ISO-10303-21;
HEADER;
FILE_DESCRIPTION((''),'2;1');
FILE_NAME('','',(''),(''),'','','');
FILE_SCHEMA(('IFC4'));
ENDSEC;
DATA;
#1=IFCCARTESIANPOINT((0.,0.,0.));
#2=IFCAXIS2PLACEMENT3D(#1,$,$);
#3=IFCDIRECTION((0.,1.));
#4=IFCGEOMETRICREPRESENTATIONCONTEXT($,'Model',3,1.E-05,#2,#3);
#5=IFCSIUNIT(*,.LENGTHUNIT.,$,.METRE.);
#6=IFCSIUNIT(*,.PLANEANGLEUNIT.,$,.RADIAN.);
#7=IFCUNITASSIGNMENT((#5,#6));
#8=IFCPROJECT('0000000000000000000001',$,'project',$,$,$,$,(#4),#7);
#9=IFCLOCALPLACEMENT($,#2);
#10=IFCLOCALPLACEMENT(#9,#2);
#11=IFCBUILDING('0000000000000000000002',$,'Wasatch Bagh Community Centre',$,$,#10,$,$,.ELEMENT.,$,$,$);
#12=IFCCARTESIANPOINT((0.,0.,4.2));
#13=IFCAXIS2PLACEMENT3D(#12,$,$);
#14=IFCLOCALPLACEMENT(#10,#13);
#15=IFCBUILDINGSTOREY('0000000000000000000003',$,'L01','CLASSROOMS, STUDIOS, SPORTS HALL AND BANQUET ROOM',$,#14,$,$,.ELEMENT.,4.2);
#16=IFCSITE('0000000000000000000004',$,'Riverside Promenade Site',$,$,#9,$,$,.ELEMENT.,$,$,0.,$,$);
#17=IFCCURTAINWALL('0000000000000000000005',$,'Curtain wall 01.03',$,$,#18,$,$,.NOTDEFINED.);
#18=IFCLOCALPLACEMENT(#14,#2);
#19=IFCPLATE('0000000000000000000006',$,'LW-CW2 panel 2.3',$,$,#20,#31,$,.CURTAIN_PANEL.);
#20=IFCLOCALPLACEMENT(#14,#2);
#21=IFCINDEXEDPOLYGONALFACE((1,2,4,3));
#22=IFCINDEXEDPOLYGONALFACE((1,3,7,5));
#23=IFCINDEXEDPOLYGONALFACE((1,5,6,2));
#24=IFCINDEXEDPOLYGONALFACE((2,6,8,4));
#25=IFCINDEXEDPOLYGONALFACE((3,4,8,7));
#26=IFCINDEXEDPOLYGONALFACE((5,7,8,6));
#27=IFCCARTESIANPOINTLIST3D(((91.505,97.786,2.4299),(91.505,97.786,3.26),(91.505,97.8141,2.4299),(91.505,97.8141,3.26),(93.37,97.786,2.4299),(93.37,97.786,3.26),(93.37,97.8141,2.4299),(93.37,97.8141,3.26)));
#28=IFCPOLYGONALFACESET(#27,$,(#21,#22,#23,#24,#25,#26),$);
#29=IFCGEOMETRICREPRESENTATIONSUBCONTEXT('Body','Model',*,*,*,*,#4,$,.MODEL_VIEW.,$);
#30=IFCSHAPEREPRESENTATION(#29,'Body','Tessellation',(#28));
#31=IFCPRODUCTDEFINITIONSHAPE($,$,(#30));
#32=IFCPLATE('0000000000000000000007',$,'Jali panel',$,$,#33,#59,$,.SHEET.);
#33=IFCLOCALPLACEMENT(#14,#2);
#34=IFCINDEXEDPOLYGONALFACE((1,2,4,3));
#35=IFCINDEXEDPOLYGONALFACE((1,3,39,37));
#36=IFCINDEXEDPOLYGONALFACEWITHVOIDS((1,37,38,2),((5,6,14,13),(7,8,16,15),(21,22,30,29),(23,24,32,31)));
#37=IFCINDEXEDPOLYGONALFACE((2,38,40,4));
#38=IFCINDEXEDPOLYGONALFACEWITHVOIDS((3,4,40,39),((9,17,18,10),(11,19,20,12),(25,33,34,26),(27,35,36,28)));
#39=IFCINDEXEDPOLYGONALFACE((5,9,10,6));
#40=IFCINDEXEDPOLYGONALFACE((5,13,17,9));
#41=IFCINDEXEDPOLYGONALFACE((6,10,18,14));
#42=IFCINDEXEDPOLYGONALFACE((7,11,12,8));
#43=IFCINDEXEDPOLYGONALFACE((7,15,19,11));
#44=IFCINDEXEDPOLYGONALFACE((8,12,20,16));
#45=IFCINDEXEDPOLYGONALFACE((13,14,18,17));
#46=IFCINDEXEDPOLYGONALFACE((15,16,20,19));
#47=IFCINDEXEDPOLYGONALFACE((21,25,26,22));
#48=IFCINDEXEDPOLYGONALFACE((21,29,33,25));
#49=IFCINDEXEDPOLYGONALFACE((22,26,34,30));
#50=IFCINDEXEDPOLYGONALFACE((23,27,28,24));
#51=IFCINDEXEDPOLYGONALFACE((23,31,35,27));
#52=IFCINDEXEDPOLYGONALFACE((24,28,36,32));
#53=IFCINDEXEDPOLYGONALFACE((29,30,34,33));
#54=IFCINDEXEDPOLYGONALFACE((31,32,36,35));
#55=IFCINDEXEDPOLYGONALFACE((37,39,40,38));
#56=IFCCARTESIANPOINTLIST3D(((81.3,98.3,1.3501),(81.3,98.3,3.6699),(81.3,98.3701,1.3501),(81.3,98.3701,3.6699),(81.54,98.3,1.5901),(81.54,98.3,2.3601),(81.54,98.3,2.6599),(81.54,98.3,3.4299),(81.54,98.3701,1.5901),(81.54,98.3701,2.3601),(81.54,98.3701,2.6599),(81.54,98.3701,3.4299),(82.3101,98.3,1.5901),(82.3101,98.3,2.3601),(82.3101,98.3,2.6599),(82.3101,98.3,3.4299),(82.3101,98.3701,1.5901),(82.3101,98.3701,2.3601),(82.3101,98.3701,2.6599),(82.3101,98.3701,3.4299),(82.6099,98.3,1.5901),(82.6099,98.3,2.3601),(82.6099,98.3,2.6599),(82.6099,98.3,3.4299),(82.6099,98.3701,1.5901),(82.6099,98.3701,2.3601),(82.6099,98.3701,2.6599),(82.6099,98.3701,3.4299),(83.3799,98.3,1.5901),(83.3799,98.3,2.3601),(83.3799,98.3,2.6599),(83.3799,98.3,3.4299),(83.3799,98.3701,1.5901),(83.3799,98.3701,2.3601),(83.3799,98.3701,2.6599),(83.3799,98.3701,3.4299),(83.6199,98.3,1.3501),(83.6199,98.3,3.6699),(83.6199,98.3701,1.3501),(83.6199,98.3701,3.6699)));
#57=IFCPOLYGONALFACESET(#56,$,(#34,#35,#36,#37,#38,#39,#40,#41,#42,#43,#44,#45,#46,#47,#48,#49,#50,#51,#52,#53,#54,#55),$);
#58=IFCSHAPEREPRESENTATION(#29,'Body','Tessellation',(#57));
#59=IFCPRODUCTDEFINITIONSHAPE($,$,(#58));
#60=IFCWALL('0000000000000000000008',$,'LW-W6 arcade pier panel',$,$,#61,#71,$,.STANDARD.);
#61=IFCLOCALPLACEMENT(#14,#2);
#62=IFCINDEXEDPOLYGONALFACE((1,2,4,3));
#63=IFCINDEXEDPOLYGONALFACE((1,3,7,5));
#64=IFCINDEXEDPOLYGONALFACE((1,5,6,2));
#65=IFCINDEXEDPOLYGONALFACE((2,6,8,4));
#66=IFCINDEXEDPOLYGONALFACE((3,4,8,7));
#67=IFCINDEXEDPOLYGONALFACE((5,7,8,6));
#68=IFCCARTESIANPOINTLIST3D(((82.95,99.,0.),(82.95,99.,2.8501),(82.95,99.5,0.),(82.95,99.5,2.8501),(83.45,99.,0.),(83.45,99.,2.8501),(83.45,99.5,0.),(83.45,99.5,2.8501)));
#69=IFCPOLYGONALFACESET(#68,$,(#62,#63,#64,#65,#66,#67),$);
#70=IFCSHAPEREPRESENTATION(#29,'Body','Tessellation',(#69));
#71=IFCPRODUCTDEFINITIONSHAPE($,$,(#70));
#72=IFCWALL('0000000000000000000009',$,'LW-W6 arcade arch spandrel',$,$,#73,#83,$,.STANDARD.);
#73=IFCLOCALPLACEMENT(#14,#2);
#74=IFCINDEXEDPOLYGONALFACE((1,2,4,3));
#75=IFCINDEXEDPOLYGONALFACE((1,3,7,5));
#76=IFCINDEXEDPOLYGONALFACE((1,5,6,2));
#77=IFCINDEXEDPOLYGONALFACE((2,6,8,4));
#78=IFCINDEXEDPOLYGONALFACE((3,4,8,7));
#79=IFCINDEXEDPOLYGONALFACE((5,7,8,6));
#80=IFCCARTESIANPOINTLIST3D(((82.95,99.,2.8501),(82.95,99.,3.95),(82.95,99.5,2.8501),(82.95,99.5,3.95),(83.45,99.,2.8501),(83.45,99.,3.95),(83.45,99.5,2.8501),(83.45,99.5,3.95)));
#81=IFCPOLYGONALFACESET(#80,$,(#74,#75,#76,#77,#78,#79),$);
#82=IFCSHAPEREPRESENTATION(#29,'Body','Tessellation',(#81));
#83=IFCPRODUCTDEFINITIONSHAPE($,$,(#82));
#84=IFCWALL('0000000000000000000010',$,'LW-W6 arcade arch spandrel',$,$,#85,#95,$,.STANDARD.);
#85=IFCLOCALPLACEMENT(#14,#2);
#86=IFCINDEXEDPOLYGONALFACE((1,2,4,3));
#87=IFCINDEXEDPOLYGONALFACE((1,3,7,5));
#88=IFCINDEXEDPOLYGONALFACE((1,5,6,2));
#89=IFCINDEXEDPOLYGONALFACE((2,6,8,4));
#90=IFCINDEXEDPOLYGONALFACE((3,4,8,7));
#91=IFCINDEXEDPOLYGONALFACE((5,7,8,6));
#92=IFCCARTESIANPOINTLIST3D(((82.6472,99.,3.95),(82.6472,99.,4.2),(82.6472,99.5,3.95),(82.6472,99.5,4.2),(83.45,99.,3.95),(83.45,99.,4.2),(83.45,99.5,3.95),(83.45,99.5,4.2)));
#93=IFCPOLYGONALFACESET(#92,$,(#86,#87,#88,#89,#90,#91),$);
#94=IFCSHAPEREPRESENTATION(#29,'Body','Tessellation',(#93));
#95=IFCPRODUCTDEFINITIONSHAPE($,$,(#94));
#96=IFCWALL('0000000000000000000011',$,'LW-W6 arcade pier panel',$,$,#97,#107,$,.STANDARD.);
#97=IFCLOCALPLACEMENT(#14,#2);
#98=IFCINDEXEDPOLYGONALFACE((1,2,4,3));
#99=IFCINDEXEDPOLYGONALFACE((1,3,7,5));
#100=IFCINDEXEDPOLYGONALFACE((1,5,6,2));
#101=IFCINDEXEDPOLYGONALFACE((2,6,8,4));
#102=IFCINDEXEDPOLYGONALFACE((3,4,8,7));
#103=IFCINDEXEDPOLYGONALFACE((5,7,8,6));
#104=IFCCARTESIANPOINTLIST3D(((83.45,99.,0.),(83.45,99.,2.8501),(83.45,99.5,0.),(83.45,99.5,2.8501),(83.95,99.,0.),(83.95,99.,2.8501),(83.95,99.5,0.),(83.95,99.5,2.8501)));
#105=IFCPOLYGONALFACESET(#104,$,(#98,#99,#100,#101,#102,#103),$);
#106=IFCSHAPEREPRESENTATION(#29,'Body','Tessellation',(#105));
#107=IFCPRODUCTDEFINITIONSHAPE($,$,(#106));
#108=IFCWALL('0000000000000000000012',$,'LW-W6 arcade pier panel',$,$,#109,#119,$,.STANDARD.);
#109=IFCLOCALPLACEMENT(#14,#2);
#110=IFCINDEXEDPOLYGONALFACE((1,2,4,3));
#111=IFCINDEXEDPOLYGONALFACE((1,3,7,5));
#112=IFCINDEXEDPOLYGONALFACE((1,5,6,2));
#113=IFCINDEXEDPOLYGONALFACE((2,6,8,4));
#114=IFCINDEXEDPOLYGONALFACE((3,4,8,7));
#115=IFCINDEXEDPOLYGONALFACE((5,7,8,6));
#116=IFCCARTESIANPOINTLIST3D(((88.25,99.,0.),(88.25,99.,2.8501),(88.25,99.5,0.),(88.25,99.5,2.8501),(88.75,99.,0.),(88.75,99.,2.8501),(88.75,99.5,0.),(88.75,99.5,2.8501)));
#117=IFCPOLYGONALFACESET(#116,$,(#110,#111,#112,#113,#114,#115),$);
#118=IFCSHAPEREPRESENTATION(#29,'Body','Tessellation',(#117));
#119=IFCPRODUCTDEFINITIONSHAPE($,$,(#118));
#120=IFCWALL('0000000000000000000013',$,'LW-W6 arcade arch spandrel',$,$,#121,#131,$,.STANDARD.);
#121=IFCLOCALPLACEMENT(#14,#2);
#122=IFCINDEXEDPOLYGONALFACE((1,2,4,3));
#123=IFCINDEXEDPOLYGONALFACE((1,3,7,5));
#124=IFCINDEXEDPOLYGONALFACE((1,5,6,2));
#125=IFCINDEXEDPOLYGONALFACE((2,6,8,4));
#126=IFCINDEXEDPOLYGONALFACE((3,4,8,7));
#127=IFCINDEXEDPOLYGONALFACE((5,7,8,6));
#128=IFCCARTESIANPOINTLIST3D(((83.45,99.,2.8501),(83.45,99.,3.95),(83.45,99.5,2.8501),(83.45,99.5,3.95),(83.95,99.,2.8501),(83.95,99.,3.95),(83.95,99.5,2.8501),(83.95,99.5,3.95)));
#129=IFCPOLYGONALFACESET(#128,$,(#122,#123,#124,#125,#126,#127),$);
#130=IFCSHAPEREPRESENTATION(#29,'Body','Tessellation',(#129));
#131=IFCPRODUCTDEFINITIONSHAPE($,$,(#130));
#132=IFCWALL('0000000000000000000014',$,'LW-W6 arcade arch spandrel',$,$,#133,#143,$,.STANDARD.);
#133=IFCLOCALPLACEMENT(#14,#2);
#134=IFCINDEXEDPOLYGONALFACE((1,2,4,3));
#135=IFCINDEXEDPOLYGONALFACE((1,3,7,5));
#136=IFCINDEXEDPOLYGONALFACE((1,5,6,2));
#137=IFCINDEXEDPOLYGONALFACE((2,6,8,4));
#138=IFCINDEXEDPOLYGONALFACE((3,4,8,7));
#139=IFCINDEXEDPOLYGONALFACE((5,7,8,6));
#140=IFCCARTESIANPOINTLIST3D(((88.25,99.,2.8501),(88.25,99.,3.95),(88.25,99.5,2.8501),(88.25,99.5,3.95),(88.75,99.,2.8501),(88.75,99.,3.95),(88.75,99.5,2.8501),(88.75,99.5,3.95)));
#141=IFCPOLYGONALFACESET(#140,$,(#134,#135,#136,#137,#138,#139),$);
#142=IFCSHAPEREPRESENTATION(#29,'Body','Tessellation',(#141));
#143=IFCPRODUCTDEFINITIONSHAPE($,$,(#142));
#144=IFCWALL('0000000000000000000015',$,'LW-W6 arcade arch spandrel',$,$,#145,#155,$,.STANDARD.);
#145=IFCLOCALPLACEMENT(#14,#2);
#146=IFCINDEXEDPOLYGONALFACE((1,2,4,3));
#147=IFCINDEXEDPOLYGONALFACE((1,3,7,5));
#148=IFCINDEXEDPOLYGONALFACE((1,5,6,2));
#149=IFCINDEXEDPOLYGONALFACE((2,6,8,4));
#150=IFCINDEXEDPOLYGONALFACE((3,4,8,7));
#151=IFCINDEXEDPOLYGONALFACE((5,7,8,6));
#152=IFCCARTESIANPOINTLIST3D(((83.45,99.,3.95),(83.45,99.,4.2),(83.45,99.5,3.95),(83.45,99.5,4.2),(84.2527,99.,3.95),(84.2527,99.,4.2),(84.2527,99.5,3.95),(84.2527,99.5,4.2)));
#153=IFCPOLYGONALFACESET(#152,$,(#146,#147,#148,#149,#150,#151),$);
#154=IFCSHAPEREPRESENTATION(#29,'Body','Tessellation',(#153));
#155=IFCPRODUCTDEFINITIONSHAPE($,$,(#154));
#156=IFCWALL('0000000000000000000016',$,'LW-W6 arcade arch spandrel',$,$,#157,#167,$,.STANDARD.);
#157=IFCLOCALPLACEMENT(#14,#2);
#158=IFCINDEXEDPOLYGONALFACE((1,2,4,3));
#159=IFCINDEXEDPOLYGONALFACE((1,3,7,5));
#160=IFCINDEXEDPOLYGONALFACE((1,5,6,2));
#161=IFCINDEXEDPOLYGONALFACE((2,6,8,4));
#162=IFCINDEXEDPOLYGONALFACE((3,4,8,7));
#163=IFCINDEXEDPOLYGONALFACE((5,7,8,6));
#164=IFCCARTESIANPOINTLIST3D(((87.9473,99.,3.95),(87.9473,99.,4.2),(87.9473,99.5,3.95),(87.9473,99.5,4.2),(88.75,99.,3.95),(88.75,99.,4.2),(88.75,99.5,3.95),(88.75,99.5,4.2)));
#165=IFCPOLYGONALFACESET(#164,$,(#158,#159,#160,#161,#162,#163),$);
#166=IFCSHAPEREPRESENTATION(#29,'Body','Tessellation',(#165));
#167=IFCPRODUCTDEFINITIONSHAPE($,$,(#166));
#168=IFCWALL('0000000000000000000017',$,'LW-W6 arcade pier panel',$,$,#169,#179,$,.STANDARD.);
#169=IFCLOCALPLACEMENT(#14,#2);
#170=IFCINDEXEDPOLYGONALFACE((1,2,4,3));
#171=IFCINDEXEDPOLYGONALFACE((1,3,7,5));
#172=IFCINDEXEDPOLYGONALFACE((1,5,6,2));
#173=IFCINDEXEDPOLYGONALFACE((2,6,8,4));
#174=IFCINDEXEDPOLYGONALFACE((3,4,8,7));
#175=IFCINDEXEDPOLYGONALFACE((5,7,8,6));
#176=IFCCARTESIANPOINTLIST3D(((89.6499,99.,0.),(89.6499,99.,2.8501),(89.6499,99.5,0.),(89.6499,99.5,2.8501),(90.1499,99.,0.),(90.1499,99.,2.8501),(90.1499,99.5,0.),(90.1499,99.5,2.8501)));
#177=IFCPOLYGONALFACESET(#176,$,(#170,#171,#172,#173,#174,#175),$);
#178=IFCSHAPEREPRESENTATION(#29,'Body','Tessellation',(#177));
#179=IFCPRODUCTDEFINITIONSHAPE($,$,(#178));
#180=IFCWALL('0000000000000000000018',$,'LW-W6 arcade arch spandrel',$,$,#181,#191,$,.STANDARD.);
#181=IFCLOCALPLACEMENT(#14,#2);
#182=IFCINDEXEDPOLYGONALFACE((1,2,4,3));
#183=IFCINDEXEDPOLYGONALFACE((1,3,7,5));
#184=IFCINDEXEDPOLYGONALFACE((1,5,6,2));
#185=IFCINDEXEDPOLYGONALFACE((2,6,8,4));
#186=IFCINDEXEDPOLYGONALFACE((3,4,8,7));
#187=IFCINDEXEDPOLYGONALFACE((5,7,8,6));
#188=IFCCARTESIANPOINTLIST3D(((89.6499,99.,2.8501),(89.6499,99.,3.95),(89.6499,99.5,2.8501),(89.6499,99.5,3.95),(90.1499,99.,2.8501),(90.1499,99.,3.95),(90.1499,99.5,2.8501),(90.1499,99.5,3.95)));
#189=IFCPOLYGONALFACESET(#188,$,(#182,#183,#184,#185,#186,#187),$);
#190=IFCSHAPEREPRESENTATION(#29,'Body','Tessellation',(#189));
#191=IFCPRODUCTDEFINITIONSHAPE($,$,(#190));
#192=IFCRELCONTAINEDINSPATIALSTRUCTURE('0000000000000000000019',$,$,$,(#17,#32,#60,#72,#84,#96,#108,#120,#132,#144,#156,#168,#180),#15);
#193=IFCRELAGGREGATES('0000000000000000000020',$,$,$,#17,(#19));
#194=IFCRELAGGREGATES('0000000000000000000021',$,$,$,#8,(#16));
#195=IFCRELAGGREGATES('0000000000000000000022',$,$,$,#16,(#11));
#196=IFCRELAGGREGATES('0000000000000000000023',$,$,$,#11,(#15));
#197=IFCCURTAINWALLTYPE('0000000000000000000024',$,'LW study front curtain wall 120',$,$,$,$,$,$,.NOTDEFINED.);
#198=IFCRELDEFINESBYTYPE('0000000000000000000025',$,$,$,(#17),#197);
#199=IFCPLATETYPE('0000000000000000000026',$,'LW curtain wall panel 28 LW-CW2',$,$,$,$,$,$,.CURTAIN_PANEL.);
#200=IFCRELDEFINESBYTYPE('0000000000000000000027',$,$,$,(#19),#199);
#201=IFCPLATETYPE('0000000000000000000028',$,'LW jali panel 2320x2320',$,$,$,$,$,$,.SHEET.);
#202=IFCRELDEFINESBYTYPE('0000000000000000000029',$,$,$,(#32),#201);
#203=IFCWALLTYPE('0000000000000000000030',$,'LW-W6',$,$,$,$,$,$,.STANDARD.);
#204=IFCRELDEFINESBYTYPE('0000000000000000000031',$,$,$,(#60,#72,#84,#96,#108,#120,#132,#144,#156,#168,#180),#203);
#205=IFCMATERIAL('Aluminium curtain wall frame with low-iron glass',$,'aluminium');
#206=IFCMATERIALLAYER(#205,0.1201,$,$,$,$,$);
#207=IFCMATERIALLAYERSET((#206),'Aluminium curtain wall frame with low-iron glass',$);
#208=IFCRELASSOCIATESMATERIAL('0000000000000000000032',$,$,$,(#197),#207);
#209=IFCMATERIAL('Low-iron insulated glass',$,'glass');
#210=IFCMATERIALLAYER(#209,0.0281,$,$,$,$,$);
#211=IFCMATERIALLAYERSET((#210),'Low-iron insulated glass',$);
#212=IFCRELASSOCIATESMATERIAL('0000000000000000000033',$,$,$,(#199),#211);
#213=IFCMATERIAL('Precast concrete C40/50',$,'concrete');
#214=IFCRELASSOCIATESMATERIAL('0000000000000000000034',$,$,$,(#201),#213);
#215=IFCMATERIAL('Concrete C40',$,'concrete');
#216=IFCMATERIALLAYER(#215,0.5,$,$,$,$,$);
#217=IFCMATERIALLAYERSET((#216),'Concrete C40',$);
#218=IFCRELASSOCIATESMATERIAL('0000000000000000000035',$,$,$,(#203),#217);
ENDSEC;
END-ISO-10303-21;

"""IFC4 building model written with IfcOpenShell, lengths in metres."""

from ifc_helpers import new_model, si_unit, direction, frame, frame_2d, origin, origin_2d, place, context, subcontext, project, spatial, polyline, rectangle, outline, extrude, material, layer, layer_set, material_profile, profile_set, type_object, element, aggregate, save


model = new_model("IFC4")

# Units and contexts
model_context = context("Model", 3, precision=1e-05, world=origin(), true_north=direction((0.0, 1.0)))
body_context = subcontext(model_context, "Body", "Model", "MODEL_VIEW")
ifc_project = project(units=[si_unit("LENGTHUNIT", "METRE"), si_unit("PLANEANGLEUNIT", "RADIAN")], contexts=[model_context])

# Site, building, storey
site_placement = place(None, origin())
site = spatial("IfcSite", under=ifc_project, at=site_placement, Name="Riverside Promenade Site", CompositionType="ELEMENT", RefElevation=0.0)
building_placement = place(site_placement, origin())
building = spatial("IfcBuilding", under=site, at=building_placement, Name="Wasatch Bagh Community Centre", CompositionType="ELEMENT")
storey_placement = place(building_placement, frame((0.0, 0.0, 4.2)))
storey = spatial("IfcBuildingStorey", under=building, at=storey_placement, Name="L01", Description="CLASSROOMS, STUDIOS, SPORTS HALL AND BANQUET ROOM", CompositionType="ELEMENT", Elevation=4.2)

# Shared definitions
ifc_material_1 = material(Name="Concrete C40", Category="concrete")

# Curtain wall, plate
ifc_material_2 = material(Name="Aluminium curtain wall frame with low-iron glass", Category="aluminium")
ifc_layer_1 = layer(ifc_material_2, 0.1201)
ifc_layer_set_1 = layer_set([ifc_layer_1], Name="Aluminium curtain wall frame with low-iron glass")
curtain_wall_type = type_object("IfcCurtainWallType", Name="LW study front curtain wall 120", PredefinedType="NOTDEFINED", material=ifc_layer_set_1)
curtain_wall_placement = place(storey_placement, origin())
curtain_wall = element("IfcCurtainWall", 1, at=curtain_wall_placement, inside=storey, type_object=curtain_wall_type, Name="Curtain wall 01.03", PredefinedType="NOTDEFINED")
ifc_material_3 = material(Name="Low-iron insulated glass", Category="glass")
ifc_layer_2 = layer(ifc_material_3, 0.0281)
ifc_layer_set_2 = layer_set([ifc_layer_2], Name="Low-iron insulated glass")
plate_type_1 = type_object("IfcPlateType", Name="LW curtain wall panel 28 LW-CW2", PredefinedType="CURTAIN_PANEL", material=ifc_layer_set_2)
plate_1_placement = place(storey_placement, frame((92.4375, 97.8, 2.4299), z_axis=(0.0, 0.0, 1.0), x_axis=(1.0, 0.0, 0.0)))
plate_1 = element("IfcPlate", 2, at=plate_1_placement, type_object=plate_type_1, Name="LW-CW2 panel 2.3", PredefinedType="CURTAIN_PANEL", context=body_context, shape_type="SweptSolid", body=[
    extrude(rectangle(XDim=1.865, YDim=0.0281, at=origin_2d()), origin(), (0.0, 0.0, 1.0), 0.8301),
])
aggregate(curtain_wall, [plate_1])

# Plate
ifc_material_4 = material(Name="Precast concrete C40/50", Category="concrete")
ifc_material_profile_1 = material_profile(ifc_material_4, outline(polyline([(-1.1599, -1.1599), (1.1599, -1.1599), (1.1599, 1.1599), (-1.1599, 1.1599), (-1.1599, -1.1599)]), holes=[polyline([(-0.9199, -0.9199), (-0.1499, -0.9199), (-0.1499, -0.1499), (-0.9199, -0.1499), (-0.9199, -0.9199)]), polyline([(-0.9199, 0.1499), (-0.1499, 0.1499), (-0.1499, 0.9199), (-0.9199, 0.9199), (-0.9199, 0.1499)]), polyline([(0.1499, -0.9199), (0.9199, -0.9199), (0.9199, -0.1499), (0.1499, -0.1499), (0.1499, -0.9199)]), polyline([(0.1499, 0.1499), (0.9199, 0.1499), (0.9199, 0.9199), (0.1499, 0.9199), (0.1499, 0.1499)])]), Name="Jali lattice")
ifc_profile_set_1 = profile_set([ifc_material_profile_1], Name="Precast concrete C40/50")
plate_type_2 = type_object("IfcPlateType", Name="LW jali panel 2320x2320", PredefinedType="SHEET", material=ifc_profile_set_1)
plate_2_placement = place(storey_placement, frame((82.46, 98.3, 2.51), z_axis=(0.0, 1.0, 0.0), x_axis=(-1.0, 0.0, 0.0)))
element("IfcPlate", 3, at=plate_2_placement, inside=storey, type_object=plate_type_2, Name="Jali panel", PredefinedType="SHEET", context=body_context, shape_type="SweptSolid", body=[
    extrude(outline(polyline([(-1.1599, -1.1599), (1.1599, -1.1599), (1.1599, 1.1599), (-1.1599, 1.1599), (-1.1599, -1.1599)]), holes=[polyline([(-0.9199, -0.9199), (-0.1499, -0.9199), (-0.1499, -0.1499), (-0.9199, -0.1499), (-0.9199, -0.9199)]), polyline([(-0.9199, 0.1499), (-0.1499, 0.1499), (-0.1499, 0.9199), (-0.9199, 0.9199), (-0.9199, 0.1499)]), polyline([(0.1499, -0.9199), (0.9199, -0.9199), (0.9199, -0.1499), (0.1499, -0.1499), (0.1499, -0.9199)]), polyline([(0.1499, 0.1499), (0.9199, 0.1499), (0.9199, 0.9199), (0.1499, 0.9199), (0.1499, 0.1499)])]), origin(), (0.0, 0.0, 1.0), 0.0701),
])

# Walls
ifc_layer_3 = layer(ifc_material_1, 0.5)
ifc_layer_set_3 = layer_set([ifc_layer_3], Name="Concrete C40")
wall_type = type_object("IfcWallType", Name="LW-W6", PredefinedType="STANDARD", material=ifc_layer_set_3)
wall_1_placement = place(storey_placement, frame((83.45, 99.25, 0.0), z_axis=(0.0, 0.0, 1.0), x_axis=(-1.0, 0.0, 0.0)))
element("IfcWall", 4, at=wall_1_placement, inside=storey, type_object=wall_type, Name="LW-W6 arcade pier panel", PredefinedType="STANDARD", context=body_context, shape_type="SweptSolid", body=[
    extrude(rectangle(XDim=0.5, YDim=0.5, at=frame_2d((0.25, 0.0))), origin(), (0.0, 0.0, 1.0), 2.8501),
])
wall_2_placement = place(storey_placement, frame((83.45, 99.25, 2.8501), z_axis=(0.0, 0.0, 1.0), x_axis=(-1.0, 0.0, 0.0)))
element("IfcWall", 5, at=wall_2_placement, inside=storey, type_object=wall_type, Name="LW-W6 arcade arch spandrel", PredefinedType="STANDARD", context=body_context, shape_type="SweptSolid", body=[
    extrude(rectangle(XDim=0.5, YDim=0.5, at=frame_2d((0.25, 0.0))), origin(), (0.0, 0.0, 1.0), 1.0999),
])
wall_3_placement = place(storey_placement, frame((83.45, 99.25, 3.95), z_axis=(0.0, 0.0, 1.0), x_axis=(-1.0, 0.0, 0.0)))
element("IfcWall", 6, at=wall_3_placement, inside=storey, type_object=wall_type, Name="LW-W6 arcade arch spandrel", PredefinedType="STANDARD", context=body_context, shape_type="SweptSolid", body=[
    extrude(rectangle(XDim=0.8027, YDim=0.5, at=frame_2d((0.4014, 0.0))), origin(), (0.0, 0.0, 1.0), 0.25),
])
for number, where, z_axis, x_axis, name in (
    (7, (83.45, 99.25, 0.0), (0.0, 0.0, 1.0), (1.0, 0.0, 0.0), "LW-W6 arcade pier panel"),
    (8, (88.75, 99.25, 0.0), (0.0, 0.0, 1.0), (-1.0, 0.0, 0.0), "LW-W6 arcade pier panel"),
):
    element("IfcWall", number, at=place(storey_placement, frame(where, z_axis=z_axis, x_axis=x_axis)), inside=storey, type_object=wall_type, Name=name, PredefinedType="STANDARD", context=body_context, shape_type="SweptSolid", body=[
        extrude(rectangle(XDim=0.5, YDim=0.5, at=frame_2d((0.25, 0.0))), origin(), (0.0, 0.0, 1.0), 2.8501),
    ])
for number, where, z_axis, x_axis, name in (
    (9, (83.45, 99.25, 2.8501), (0.0, 0.0, 1.0), (1.0, 0.0, 0.0), "LW-W6 arcade arch spandrel"),
    (10, (88.75, 99.25, 2.8501), (0.0, 0.0, 1.0), (-1.0, 0.0, 0.0), "LW-W6 arcade arch spandrel"),
):
    element("IfcWall", number, at=place(storey_placement, frame(where, z_axis=z_axis, x_axis=x_axis)), inside=storey, type_object=wall_type, Name=name, PredefinedType="STANDARD", context=body_context, shape_type="SweptSolid", body=[
        extrude(rectangle(XDim=0.5, YDim=0.5, at=frame_2d((0.25, 0.0))), origin(), (0.0, 0.0, 1.0), 1.0999),
    ])
for number, where, z_axis, x_axis, name in (
    (11, (83.45, 99.25, 3.95), (0.0, 0.0, 1.0), (1.0, 0.0, 0.0), "LW-W6 arcade arch spandrel"),
    (12, (88.75, 99.25, 3.95), (0.0, 0.0, 1.0), (-1.0, 0.0, 0.0), "LW-W6 arcade arch spandrel"),
):
    element("IfcWall", number, at=place(storey_placement, frame(where, z_axis=z_axis, x_axis=x_axis)), inside=storey, type_object=wall_type, Name=name, PredefinedType="STANDARD", context=body_context, shape_type="SweptSolid", body=[
        extrude(rectangle(XDim=0.8027, YDim=0.5, at=frame_2d((0.4014, 0.0))), origin(), (0.0, 0.0, 1.0), 0.25),
    ])
wall_4_placement = place(storey_placement, frame((89.6499, 99.25, 0.0), z_axis=(0.0, 0.0, 1.0), x_axis=(1.0, 0.0, 0.0)))
element("IfcWall", 13, at=wall_4_placement, inside=storey, type_object=wall_type, Name="LW-W6 arcade pier panel", PredefinedType="STANDARD", context=body_context, shape_type="SweptSolid", body=[
    extrude(rectangle(XDim=0.5, YDim=0.5, at=frame_2d((0.25, 0.0))), origin(), (0.0, 0.0, 1.0), 2.8501),
])
wall_5_placement = place(storey_placement, frame((89.6499, 99.25, 2.8501), z_axis=(0.0, 0.0, 1.0), x_axis=(1.0, 0.0, 0.0)))
element("IfcWall", 14, at=wall_5_placement, inside=storey, type_object=wall_type, Name="LW-W6 arcade arch spandrel", PredefinedType="STANDARD", context=body_context, shape_type="SweptSolid", body=[
    extrude(rectangle(XDim=0.5, YDim=0.5, at=frame_2d((0.25, 0.0))), origin(), (0.0, 0.0, 1.0), 1.0999),
])

save(model, "model.ifc")
